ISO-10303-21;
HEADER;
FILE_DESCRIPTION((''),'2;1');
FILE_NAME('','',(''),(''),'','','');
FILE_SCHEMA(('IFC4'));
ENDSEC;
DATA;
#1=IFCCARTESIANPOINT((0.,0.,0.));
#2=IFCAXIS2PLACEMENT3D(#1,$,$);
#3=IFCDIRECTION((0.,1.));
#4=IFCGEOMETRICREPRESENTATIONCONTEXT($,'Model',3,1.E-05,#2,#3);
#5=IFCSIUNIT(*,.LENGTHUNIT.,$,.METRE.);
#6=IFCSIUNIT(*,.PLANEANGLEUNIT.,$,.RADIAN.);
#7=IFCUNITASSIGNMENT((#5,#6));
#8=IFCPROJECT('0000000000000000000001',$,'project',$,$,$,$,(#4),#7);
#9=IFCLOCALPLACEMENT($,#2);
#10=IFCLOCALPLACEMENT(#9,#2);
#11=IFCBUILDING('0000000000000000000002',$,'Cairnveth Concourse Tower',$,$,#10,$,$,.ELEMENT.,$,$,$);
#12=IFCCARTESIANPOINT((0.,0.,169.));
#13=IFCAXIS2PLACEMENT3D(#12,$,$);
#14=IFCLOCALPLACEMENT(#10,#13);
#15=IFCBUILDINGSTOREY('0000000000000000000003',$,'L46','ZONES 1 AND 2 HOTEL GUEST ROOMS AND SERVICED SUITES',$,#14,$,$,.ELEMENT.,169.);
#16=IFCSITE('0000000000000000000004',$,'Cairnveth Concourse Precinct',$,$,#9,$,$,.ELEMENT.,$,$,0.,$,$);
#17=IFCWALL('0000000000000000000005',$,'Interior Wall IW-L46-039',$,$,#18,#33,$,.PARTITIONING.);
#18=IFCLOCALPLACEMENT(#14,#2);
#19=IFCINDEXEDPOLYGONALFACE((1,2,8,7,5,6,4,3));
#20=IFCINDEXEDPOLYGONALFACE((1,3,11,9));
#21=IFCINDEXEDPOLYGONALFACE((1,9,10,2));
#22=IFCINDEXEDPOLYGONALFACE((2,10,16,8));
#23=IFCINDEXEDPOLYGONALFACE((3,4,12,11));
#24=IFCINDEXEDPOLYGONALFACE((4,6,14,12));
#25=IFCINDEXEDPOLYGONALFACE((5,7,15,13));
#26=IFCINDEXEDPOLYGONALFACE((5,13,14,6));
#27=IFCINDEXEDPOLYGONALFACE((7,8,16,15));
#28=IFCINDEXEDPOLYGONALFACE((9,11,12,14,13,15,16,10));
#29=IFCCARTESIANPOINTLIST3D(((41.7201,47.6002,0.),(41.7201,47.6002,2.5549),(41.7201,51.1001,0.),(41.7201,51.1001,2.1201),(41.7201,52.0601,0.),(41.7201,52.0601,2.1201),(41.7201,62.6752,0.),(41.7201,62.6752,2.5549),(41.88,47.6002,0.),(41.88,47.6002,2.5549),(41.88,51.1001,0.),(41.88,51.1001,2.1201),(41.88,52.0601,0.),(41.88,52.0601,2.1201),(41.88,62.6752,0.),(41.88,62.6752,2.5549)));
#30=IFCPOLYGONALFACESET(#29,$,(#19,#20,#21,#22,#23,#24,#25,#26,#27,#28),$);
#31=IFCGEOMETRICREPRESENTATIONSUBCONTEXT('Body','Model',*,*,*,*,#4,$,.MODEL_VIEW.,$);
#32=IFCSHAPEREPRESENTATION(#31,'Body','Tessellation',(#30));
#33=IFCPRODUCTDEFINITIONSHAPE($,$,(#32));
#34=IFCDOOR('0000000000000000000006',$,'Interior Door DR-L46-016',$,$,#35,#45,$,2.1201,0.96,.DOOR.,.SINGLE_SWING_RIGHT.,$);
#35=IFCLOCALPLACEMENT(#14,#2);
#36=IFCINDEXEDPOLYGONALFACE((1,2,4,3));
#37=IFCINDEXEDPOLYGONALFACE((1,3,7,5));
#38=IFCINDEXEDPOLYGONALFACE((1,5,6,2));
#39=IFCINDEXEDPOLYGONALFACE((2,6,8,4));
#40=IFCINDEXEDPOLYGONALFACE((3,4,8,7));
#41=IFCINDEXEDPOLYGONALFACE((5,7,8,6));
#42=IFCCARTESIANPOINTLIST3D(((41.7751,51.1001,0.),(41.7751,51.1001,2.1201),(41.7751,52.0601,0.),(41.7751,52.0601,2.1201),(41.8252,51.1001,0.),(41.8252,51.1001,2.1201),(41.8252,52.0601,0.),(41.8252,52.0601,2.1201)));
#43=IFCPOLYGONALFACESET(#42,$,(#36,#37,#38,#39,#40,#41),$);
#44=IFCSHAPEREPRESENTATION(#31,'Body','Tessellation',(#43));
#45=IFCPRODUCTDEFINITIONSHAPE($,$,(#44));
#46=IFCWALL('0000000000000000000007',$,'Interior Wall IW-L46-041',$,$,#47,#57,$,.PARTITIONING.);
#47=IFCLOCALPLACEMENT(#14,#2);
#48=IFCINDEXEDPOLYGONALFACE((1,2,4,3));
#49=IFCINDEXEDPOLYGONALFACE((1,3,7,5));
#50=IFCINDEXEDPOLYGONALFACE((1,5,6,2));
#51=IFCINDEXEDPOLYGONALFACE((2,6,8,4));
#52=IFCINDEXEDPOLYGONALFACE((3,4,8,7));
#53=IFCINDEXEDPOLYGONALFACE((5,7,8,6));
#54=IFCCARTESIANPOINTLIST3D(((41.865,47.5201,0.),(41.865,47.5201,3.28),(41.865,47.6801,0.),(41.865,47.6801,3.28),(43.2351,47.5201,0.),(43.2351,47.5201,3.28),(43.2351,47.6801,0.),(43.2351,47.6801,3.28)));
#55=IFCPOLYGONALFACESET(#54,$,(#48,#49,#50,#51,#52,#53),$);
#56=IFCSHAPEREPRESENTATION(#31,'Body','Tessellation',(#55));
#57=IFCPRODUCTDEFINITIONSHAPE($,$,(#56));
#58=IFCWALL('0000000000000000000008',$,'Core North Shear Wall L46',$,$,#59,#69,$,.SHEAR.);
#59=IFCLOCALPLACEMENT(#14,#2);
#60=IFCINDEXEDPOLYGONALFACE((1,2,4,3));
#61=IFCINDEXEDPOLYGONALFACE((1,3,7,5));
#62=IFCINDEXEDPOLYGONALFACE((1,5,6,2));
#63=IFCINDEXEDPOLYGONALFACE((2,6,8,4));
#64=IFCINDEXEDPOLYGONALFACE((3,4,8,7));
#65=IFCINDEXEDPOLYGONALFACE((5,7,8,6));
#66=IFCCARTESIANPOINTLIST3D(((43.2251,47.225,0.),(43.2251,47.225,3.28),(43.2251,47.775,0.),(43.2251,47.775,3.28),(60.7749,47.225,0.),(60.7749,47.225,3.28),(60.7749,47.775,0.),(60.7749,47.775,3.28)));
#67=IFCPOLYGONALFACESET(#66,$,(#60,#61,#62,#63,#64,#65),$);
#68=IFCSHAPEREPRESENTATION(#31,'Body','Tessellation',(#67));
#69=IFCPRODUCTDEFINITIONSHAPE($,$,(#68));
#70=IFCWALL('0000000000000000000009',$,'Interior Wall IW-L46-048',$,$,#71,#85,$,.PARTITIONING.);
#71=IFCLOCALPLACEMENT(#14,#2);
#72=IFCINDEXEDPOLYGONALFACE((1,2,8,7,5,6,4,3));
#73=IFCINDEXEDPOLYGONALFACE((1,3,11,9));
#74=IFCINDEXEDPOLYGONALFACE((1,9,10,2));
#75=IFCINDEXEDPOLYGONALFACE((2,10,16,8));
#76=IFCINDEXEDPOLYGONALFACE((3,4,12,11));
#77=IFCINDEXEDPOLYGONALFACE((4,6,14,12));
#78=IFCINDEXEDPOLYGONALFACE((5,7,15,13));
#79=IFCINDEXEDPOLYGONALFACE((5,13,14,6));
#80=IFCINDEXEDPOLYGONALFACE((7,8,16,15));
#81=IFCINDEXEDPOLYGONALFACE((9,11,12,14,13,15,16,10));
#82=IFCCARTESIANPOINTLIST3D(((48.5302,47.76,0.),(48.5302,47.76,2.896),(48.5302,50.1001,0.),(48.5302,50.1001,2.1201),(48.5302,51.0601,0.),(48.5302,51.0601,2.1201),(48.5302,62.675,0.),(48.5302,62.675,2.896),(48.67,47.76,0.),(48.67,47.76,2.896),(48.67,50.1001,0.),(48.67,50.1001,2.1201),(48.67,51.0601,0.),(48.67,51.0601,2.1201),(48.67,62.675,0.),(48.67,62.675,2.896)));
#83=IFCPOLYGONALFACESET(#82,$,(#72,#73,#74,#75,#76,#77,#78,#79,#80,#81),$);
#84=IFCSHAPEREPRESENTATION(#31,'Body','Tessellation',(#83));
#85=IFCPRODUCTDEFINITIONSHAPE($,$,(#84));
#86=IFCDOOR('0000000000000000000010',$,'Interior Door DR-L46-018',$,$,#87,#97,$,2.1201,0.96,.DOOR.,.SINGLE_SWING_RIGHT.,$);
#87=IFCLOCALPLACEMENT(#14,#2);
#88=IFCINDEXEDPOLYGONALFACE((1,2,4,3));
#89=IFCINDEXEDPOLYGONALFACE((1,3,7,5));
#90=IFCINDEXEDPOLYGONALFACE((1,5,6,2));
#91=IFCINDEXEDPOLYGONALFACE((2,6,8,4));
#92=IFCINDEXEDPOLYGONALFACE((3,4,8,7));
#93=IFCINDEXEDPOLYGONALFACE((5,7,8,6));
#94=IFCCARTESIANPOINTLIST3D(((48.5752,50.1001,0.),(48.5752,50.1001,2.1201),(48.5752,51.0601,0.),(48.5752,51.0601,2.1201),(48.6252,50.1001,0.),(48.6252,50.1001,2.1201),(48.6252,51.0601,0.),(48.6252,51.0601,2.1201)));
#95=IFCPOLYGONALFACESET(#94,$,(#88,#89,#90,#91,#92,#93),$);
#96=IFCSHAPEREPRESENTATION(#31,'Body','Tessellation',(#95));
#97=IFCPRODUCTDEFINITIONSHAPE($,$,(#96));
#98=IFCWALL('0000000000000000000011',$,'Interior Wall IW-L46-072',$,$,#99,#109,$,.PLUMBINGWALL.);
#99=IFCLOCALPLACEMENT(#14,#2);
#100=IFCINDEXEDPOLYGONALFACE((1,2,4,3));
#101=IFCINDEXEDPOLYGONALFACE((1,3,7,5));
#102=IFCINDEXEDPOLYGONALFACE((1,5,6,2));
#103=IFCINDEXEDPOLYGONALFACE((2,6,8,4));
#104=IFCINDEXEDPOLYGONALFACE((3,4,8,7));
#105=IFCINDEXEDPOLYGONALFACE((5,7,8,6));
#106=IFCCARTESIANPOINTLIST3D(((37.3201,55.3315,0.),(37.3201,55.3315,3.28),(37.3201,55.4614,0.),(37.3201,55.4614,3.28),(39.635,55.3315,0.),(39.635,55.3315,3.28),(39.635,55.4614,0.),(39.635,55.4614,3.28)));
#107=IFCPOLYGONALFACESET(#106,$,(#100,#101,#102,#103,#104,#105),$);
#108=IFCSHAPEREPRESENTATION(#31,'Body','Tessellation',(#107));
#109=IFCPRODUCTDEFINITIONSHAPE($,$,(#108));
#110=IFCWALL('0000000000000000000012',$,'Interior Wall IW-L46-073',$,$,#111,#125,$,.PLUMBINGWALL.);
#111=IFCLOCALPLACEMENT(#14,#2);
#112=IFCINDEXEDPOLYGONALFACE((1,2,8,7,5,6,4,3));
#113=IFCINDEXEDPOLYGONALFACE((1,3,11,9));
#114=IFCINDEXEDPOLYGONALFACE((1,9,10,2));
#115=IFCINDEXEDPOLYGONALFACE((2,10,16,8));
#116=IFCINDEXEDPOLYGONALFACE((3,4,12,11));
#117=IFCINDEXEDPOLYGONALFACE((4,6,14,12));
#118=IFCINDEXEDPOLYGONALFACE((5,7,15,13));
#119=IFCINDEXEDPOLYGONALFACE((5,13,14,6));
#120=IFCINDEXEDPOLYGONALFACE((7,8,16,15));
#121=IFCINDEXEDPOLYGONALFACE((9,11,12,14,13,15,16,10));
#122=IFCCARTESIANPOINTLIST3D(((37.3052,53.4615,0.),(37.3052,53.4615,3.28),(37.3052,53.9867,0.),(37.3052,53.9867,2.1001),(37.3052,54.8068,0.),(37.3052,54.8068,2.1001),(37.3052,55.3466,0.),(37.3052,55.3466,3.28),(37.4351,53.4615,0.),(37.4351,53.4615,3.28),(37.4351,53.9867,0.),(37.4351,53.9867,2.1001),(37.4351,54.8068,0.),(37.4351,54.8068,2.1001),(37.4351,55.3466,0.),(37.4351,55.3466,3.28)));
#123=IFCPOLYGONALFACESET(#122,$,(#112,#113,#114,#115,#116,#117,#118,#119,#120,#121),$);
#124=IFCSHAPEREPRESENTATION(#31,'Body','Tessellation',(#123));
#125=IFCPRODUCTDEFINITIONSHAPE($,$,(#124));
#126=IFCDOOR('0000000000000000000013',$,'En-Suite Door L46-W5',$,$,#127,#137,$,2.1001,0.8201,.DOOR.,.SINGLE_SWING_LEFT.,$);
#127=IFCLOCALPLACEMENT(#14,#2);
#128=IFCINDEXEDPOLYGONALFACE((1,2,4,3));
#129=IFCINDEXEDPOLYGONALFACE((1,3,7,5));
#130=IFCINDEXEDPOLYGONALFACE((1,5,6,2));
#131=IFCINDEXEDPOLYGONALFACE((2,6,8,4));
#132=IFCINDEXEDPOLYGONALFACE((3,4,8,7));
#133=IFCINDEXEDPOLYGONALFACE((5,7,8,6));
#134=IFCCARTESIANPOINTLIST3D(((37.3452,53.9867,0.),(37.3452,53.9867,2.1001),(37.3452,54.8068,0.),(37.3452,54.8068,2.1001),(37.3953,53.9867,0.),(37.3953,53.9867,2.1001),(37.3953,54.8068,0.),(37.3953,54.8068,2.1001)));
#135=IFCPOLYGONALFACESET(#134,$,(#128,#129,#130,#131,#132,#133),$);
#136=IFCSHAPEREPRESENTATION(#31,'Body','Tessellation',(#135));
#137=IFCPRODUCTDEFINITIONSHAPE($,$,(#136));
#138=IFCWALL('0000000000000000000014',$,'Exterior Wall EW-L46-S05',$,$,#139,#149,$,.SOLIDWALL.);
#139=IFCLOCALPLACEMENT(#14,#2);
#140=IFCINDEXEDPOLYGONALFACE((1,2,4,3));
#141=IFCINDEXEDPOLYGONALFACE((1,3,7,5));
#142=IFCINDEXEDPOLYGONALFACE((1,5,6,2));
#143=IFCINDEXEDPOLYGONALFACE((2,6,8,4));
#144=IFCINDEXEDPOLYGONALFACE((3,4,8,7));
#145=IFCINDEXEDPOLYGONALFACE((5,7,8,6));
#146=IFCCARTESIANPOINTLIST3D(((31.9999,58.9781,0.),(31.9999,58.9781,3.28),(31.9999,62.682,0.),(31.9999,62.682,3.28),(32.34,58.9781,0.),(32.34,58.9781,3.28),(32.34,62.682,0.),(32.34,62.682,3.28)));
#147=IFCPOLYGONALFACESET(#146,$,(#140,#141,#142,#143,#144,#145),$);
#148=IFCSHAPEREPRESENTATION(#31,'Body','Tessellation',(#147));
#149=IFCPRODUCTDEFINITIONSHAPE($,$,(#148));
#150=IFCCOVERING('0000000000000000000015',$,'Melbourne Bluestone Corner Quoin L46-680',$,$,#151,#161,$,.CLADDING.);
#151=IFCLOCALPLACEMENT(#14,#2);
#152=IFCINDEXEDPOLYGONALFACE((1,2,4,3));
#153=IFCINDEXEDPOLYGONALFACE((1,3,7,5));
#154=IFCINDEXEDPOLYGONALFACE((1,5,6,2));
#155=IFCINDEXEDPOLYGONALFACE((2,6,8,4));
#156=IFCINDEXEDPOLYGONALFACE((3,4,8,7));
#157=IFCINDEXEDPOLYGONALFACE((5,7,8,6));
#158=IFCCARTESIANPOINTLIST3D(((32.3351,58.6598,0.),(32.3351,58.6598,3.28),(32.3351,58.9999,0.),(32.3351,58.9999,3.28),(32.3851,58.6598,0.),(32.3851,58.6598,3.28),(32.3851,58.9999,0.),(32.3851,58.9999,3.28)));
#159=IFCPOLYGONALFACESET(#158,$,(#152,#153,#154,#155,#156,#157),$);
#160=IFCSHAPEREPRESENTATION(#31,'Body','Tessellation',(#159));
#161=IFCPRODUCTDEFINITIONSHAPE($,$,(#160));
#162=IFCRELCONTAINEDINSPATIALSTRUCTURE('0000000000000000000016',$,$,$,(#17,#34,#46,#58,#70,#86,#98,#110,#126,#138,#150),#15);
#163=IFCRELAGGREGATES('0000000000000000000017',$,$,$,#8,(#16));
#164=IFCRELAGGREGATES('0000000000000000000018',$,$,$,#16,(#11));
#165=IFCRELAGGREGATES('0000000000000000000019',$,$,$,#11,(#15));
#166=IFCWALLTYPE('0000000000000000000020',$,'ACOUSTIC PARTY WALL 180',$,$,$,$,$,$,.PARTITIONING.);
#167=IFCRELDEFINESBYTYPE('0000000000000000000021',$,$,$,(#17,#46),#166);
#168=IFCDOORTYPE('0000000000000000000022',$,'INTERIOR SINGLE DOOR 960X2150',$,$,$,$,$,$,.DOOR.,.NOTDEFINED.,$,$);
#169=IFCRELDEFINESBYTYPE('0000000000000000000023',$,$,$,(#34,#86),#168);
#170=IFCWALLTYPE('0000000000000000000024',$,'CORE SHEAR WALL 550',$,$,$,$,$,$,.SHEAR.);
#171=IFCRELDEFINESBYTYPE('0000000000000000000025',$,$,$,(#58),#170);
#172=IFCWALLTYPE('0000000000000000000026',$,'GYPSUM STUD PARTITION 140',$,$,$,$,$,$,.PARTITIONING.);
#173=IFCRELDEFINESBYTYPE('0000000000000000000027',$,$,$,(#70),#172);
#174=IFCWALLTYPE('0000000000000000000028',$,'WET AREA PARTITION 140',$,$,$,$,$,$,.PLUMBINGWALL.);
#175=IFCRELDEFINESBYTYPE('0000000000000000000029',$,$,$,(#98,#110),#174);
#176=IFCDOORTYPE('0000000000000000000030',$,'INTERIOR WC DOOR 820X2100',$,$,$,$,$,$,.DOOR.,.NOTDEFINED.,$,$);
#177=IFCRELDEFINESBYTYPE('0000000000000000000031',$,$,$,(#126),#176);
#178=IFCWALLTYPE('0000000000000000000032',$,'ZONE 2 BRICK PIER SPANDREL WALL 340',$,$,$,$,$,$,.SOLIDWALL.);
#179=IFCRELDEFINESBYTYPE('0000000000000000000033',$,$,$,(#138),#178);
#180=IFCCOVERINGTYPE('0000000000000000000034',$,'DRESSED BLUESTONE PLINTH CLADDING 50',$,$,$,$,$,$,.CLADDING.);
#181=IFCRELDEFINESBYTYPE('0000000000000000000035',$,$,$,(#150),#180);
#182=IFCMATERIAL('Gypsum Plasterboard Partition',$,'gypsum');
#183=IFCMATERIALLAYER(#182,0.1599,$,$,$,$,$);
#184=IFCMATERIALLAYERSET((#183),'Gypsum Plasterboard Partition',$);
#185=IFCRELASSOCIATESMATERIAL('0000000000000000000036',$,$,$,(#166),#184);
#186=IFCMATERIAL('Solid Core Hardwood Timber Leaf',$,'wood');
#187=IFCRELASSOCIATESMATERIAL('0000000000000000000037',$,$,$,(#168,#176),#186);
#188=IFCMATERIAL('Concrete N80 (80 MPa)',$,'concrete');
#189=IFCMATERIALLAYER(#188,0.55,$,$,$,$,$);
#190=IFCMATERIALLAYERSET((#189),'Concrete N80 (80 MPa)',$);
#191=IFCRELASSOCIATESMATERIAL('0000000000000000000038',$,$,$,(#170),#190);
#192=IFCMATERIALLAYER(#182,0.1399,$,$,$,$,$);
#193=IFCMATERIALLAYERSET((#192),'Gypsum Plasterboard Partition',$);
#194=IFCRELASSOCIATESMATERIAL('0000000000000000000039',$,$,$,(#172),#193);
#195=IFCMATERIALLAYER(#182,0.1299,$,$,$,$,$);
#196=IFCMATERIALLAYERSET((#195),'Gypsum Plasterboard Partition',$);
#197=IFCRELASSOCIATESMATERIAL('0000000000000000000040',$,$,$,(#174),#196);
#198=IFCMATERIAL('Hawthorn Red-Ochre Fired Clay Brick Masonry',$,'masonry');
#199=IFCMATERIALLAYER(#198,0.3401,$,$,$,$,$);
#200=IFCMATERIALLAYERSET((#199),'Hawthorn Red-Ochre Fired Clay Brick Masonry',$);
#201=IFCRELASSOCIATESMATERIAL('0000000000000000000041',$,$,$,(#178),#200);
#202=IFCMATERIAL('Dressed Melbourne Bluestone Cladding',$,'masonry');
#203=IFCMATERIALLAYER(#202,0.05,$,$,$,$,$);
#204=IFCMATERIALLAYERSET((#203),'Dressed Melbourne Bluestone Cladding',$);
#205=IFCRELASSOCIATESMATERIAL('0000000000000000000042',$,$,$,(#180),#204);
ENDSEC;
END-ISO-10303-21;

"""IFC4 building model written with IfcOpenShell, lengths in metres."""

from ifc_helpers import new_model, si_unit, direction, frame, frame_2d, origin, place, context, subcontext, project, spatial, rectangle, extrude, material, layer, layer_set, type_object, element, fill, save


model = new_model("IFC4")

# Units and contexts
model_context = context("Model", 3, precision=1e-05, world=origin(), true_north=direction((0.0, 1.0)))
body_context = subcontext(model_context, "Body", "Model", "MODEL_VIEW")
ifc_project = project(units=[si_unit("LENGTHUNIT", "METRE"), si_unit("PLANEANGLEUNIT", "RADIAN")], contexts=[model_context])

# Site, building, storey
site_placement = place(None, origin())
site = spatial("IfcSite", under=ifc_project, at=site_placement, Name="Cairnveth Concourse Precinct", CompositionType="ELEMENT", RefElevation=0.0)
building_placement = place(site_placement, origin())
building = spatial("IfcBuilding", under=site, at=building_placement, Name="Cairnveth Concourse Tower", CompositionType="ELEMENT")
storey_placement = place(building_placement, frame((0.0, 0.0, 169.0)))
storey = spatial("IfcBuildingStorey", under=building, at=storey_placement, Name="L46", Description="ZONES 1 AND 2 HOTEL GUEST ROOMS AND SERVICED SUITES", CompositionType="ELEMENT", Elevation=169.0)

# Wall, opening, door
ifc_material_1 = material(Name="Gypsum Plasterboard Partition", Category="gypsum")
ifc_layer_1 = layer(ifc_material_1, 0.1599)
ifc_layer_set_1 = layer_set([ifc_layer_1], Name="Gypsum Plasterboard Partition")
wall_type_1 = type_object("IfcWallType", Name="ACOUSTIC PARTY WALL 180", PredefinedType="PARTITIONING", material=ifc_layer_set_1)
wall_1_placement = place(storey_placement, frame((41.8, 47.6001, 0.0), z_axis=(0.0, 0.0, 1.0), x_axis=(0.0, 1.0, 0.0)))
wall_1 = element("IfcWall", 1, at=wall_1_placement, inside=storey, type_object=wall_type_1, Name="Interior Wall IW-L46-039", PredefinedType="PARTITIONING", context=body_context, shape_type="SweptSolid", body=[
    extrude(rectangle(XDim=15.075, YDim=0.1599, at=frame_2d((7.5376, 0.0))), origin(), (0.0, 0.0, 1.0), 2.5549),
])
opening_1_placement = place(wall_1_placement, frame((3.5, 0.0, 0.0)))
opening_1 = element("IfcOpeningElement", 2, at=opening_1_placement, cuts=wall_1, PredefinedType="OPENING", context=body_context, shape_type="SweptSolid", body=[
    extrude(rectangle(XDim=0.96, YDim=2.1201, at=frame_2d((0.48, 1.0601))), frame((0.0, 0.0898, 0.0), z_axis=(0.0, -1.0, 0.0), x_axis=(1.0, 0.0, 0.0)), (0.0, 0.0, 1.0), 0.1799),
])
ifc_material_2 = material(Name="Solid Core Hardwood Timber Leaf", Category="wood")
door_type_1 = type_object("IfcDoorType", Name="INTERIOR SINGLE DOOR 960X2150", OperationType="NOTDEFINED", PredefinedType="DOOR", material=ifc_material_2)
door_1_placement = place(opening_1_placement, origin())
door_1 = element("IfcDoor", 3, at=door_1_placement, inside=storey, type_object=door_type_1, Name="Interior Door DR-L46-016", OperationType="SINGLE_SWING_RIGHT", OverallHeight=2.1201, OverallWidth=0.96, PredefinedType="DOOR", context=body_context, shape_type="SweptSolid", body=[
    extrude(rectangle(XDim=0.96, YDim=2.1201, at=frame_2d((0.48, 1.0601))), frame((0.0, 0.0249, 0.0), z_axis=(0.0, -1.0, 0.0), x_axis=(1.0, 0.0, 0.0)), (0.0, 0.0, 1.0), 0.05),
])
fill(opening_1, door_1)

# Walls
wall_2_placement = place(storey_placement, frame((41.865, 47.6001, 0.0), z_axis=(0.0, 0.0, 1.0), x_axis=(1.0, 0.0, 0.0)))
element("IfcWall", 4, at=wall_2_placement, inside=storey, type_object=wall_type_1, Name="Interior Wall IW-L46-041", PredefinedType="PARTITIONING", context=body_context, shape_type="SweptSolid", body=[
    extrude(rectangle(XDim=1.3701, YDim=0.1599, at=frame_2d((0.6851, 0.0))), origin(), (0.0, 0.0, 1.0), 3.28),
])
ifc_material_3 = material(Name="Concrete N80 (80 MPa)", Category="concrete")
ifc_layer_2 = layer(ifc_material_3, 0.55)
ifc_layer_set_2 = layer_set([ifc_layer_2], Name="Concrete N80 (80 MPa)")
wall_type_2 = type_object("IfcWallType", Name="CORE SHEAR WALL 550", PredefinedType="SHEAR", material=ifc_layer_set_2)
wall_3_placement = place(storey_placement, frame((43.2251, 47.5, 0.0), z_axis=(0.0, 0.0, 1.0), x_axis=(1.0, 0.0, 0.0)))
element("IfcWall", 5, at=wall_3_placement, inside=storey, type_object=wall_type_2, Name="Core North Shear Wall L46", PredefinedType="SHEAR", context=body_context, shape_type="SweptSolid", body=[
    extrude(rectangle(XDim=17.5498, YDim=0.55, at=frame_2d((8.7749, 0.0))), origin(), (0.0, 0.0, 1.0), 3.28),
])

# Wall, opening, door
ifc_layer_3 = layer(ifc_material_1, 0.1399)
ifc_layer_set_3 = layer_set([ifc_layer_3], Name="Gypsum Plasterboard Partition")
wall_type_3 = type_object("IfcWallType", Name="GYPSUM STUD PARTITION 140", PredefinedType="PARTITIONING", material=ifc_layer_set_3)
wall_4_placement = place(storey_placement, frame((48.6001, 47.76, 0.0), z_axis=(0.0, 0.0, 1.0), x_axis=(0.0, 1.0, 0.0)))
wall_4 = element("IfcWall", 6, at=wall_4_placement, inside=storey, type_object=wall_type_3, Name="Interior Wall IW-L46-048", PredefinedType="PARTITIONING", context=body_context, shape_type="SweptSolid", body=[
    extrude(rectangle(XDim=14.915, YDim=0.1399, at=frame_2d((7.4575, 0.0))), origin(), (0.0, 0.0, 1.0), 2.896),
])
opening_2_placement = place(wall_4_placement, frame((2.3401, 0.0, 0.0)))
opening_2 = element("IfcOpeningElement", 7, at=opening_2_placement, cuts=wall_4, PredefinedType="OPENING", context=body_context, shape_type="SweptSolid", body=[
    extrude(rectangle(XDim=0.96, YDim=2.1201, at=frame_2d((0.48, 1.0601))), frame((0.0, 0.0798, 0.0), z_axis=(0.0, -1.0, 0.0), x_axis=(1.0, 0.0, 0.0)), (0.0, 0.0, 1.0), 0.1599),
])
door_2_placement = place(opening_2_placement, origin())
door_2 = element("IfcDoor", 8, at=door_2_placement, inside=storey, type_object=door_type_1, Name="Interior Door DR-L46-018", OperationType="SINGLE_SWING_RIGHT", OverallHeight=2.1201, OverallWidth=0.96, PredefinedType="DOOR", context=body_context, shape_type="SweptSolid", body=[
    extrude(rectangle(XDim=0.96, YDim=2.1201, at=frame_2d((0.48, 1.0601))), frame((0.0, 0.0249, 0.0), z_axis=(0.0, -1.0, 0.0), x_axis=(1.0, 0.0, 0.0)), (0.0, 0.0, 1.0), 0.05),
])
fill(opening_2, door_2)

# Wall
ifc_layer_4 = layer(ifc_material_1, 0.1299)
ifc_layer_set_4 = layer_set([ifc_layer_4], Name="Gypsum Plasterboard Partition")
wall_type_4 = type_object("IfcWallType", Name="WET AREA PARTITION 140", PredefinedType="PLUMBINGWALL", material=ifc_layer_set_4)
wall_5_placement = place(storey_placement, frame((37.3201, 55.3965, 0.0), z_axis=(0.0, 0.0, 1.0), x_axis=(1.0, 0.0, 0.0)))
element("IfcWall", 9, at=wall_5_placement, inside=storey, type_object=wall_type_4, Name="Interior Wall IW-L46-072", PredefinedType="PLUMBINGWALL", context=body_context, shape_type="SweptSolid", body=[
    extrude(rectangle(XDim=2.3149, YDim=0.1299, at=frame_2d((1.1575, 0.0))), origin(), (0.0, 0.0, 1.0), 3.28),
])

# Wall, opening, door
wall_6_placement = place(storey_placement, frame((37.3701, 53.4617, 0.0), z_axis=(0.0, 0.0, 1.0), x_axis=(0.0, 1.0, 0.0)))
wall_6 = element("IfcWall", 10, at=wall_6_placement, inside=storey, type_object=wall_type_4, Name="Interior Wall IW-L46-073", PredefinedType="PLUMBINGWALL", context=body_context, shape_type="SweptSolid", body=[
    extrude(rectangle(XDim=1.885, YDim=0.1299, at=frame_2d((0.9424, 0.0))), origin(), (0.0, 0.0, 1.0), 3.28),
])
opening_3_placement = place(wall_6_placement, frame((0.5249, 0.0, 0.0)))
opening_3 = element("IfcOpeningElement", 11, at=opening_3_placement, cuts=wall_6, PredefinedType="OPENING", context=body_context, shape_type="SweptSolid", body=[
    extrude(rectangle(XDim=0.8201, YDim=2.1001, at=frame_2d((0.4102, 1.05))), frame((0.0, 0.075, 0.0), z_axis=(0.0, -1.0, 0.0), x_axis=(1.0, 0.0, 0.0)), (0.0, 0.0, 1.0), 0.1499),
])
door_type_2 = type_object("IfcDoorType", Name="INTERIOR WC DOOR 820X2100", OperationType="NOTDEFINED", PredefinedType="DOOR", material=ifc_material_2)
door_3_placement = place(opening_3_placement, origin())
door_3 = element("IfcDoor", 12, at=door_3_placement, inside=storey, type_object=door_type_2, Name="En-Suite Door L46-W5", OperationType="SINGLE_SWING_LEFT", OverallHeight=2.1001, OverallWidth=0.8201, PredefinedType="DOOR", context=body_context, shape_type="SweptSolid", body=[
    extrude(rectangle(XDim=0.8201, YDim=2.1001, at=frame_2d((0.4102, 1.05))), frame((0.0, 0.0249, 0.0), z_axis=(0.0, -1.0, 0.0), x_axis=(1.0, 0.0, 0.0)), (0.0, 0.0, 1.0), 0.05),
])
fill(opening_3, door_3)

# Wall
ifc_material_4 = material(Name="Hawthorn Red-Ochre Fired Clay Brick Masonry", Category="masonry")
ifc_layer_5 = layer(ifc_material_4, 0.3401)
ifc_layer_set_5 = layer_set([ifc_layer_5], Name="Hawthorn Red-Ochre Fired Clay Brick Masonry")
wall_type_5 = type_object("IfcWallType", Name="ZONE 2 BRICK PIER SPANDREL WALL 340", PredefinedType="SOLIDWALL", material=ifc_layer_set_5)
wall_7_placement = place(storey_placement, frame((32.1699, 58.978, 0.0), z_axis=(0.0, 0.0, 1.0), x_axis=(0.0, 1.0, 0.0)))
element("IfcWall", 13, at=wall_7_placement, inside=storey, type_object=wall_type_5, Name="Exterior Wall EW-L46-S05", PredefinedType="SOLIDWALL", context=body_context, shape_type="SweptSolid", body=[
    extrude(rectangle(XDim=3.7039, YDim=0.3401, at=frame_2d((1.8521, 0.0))), origin(), (0.0, 0.0, 1.0), 3.28),
])

# Covering
ifc_material_5 = material(Name="Dressed Melbourne Bluestone Cladding", Category="masonry")
ifc_layer_6 = layer(ifc_material_5, 0.05)
ifc_layer_set_6 = layer_set([ifc_layer_6], Name="Dressed Melbourne Bluestone Cladding")
covering_type = type_object("IfcCoveringType", Name="DRESSED BLUESTONE PLINTH CLADDING 50", PredefinedType="CLADDING", material=ifc_layer_set_6)
covering_placement = place(storey_placement, frame((32.3601, 58.6599, 0.0), z_axis=(0.0, 0.0, 1.0), x_axis=(0.0, 1.0, 0.0)))
element("IfcCovering", 14, at=covering_placement, inside=storey, type_object=covering_type, Name="Melbourne Bluestone Corner Quoin L46-680", PredefinedType="CLADDING", context=body_context, shape_type="SweptSolid", body=[
    extrude(rectangle(XDim=0.3401, YDim=0.05, at=frame_2d((0.1699, 0.0))), origin(), (0.0, 0.0, 1.0), 3.28),
])

save(model, "model.ifc")
